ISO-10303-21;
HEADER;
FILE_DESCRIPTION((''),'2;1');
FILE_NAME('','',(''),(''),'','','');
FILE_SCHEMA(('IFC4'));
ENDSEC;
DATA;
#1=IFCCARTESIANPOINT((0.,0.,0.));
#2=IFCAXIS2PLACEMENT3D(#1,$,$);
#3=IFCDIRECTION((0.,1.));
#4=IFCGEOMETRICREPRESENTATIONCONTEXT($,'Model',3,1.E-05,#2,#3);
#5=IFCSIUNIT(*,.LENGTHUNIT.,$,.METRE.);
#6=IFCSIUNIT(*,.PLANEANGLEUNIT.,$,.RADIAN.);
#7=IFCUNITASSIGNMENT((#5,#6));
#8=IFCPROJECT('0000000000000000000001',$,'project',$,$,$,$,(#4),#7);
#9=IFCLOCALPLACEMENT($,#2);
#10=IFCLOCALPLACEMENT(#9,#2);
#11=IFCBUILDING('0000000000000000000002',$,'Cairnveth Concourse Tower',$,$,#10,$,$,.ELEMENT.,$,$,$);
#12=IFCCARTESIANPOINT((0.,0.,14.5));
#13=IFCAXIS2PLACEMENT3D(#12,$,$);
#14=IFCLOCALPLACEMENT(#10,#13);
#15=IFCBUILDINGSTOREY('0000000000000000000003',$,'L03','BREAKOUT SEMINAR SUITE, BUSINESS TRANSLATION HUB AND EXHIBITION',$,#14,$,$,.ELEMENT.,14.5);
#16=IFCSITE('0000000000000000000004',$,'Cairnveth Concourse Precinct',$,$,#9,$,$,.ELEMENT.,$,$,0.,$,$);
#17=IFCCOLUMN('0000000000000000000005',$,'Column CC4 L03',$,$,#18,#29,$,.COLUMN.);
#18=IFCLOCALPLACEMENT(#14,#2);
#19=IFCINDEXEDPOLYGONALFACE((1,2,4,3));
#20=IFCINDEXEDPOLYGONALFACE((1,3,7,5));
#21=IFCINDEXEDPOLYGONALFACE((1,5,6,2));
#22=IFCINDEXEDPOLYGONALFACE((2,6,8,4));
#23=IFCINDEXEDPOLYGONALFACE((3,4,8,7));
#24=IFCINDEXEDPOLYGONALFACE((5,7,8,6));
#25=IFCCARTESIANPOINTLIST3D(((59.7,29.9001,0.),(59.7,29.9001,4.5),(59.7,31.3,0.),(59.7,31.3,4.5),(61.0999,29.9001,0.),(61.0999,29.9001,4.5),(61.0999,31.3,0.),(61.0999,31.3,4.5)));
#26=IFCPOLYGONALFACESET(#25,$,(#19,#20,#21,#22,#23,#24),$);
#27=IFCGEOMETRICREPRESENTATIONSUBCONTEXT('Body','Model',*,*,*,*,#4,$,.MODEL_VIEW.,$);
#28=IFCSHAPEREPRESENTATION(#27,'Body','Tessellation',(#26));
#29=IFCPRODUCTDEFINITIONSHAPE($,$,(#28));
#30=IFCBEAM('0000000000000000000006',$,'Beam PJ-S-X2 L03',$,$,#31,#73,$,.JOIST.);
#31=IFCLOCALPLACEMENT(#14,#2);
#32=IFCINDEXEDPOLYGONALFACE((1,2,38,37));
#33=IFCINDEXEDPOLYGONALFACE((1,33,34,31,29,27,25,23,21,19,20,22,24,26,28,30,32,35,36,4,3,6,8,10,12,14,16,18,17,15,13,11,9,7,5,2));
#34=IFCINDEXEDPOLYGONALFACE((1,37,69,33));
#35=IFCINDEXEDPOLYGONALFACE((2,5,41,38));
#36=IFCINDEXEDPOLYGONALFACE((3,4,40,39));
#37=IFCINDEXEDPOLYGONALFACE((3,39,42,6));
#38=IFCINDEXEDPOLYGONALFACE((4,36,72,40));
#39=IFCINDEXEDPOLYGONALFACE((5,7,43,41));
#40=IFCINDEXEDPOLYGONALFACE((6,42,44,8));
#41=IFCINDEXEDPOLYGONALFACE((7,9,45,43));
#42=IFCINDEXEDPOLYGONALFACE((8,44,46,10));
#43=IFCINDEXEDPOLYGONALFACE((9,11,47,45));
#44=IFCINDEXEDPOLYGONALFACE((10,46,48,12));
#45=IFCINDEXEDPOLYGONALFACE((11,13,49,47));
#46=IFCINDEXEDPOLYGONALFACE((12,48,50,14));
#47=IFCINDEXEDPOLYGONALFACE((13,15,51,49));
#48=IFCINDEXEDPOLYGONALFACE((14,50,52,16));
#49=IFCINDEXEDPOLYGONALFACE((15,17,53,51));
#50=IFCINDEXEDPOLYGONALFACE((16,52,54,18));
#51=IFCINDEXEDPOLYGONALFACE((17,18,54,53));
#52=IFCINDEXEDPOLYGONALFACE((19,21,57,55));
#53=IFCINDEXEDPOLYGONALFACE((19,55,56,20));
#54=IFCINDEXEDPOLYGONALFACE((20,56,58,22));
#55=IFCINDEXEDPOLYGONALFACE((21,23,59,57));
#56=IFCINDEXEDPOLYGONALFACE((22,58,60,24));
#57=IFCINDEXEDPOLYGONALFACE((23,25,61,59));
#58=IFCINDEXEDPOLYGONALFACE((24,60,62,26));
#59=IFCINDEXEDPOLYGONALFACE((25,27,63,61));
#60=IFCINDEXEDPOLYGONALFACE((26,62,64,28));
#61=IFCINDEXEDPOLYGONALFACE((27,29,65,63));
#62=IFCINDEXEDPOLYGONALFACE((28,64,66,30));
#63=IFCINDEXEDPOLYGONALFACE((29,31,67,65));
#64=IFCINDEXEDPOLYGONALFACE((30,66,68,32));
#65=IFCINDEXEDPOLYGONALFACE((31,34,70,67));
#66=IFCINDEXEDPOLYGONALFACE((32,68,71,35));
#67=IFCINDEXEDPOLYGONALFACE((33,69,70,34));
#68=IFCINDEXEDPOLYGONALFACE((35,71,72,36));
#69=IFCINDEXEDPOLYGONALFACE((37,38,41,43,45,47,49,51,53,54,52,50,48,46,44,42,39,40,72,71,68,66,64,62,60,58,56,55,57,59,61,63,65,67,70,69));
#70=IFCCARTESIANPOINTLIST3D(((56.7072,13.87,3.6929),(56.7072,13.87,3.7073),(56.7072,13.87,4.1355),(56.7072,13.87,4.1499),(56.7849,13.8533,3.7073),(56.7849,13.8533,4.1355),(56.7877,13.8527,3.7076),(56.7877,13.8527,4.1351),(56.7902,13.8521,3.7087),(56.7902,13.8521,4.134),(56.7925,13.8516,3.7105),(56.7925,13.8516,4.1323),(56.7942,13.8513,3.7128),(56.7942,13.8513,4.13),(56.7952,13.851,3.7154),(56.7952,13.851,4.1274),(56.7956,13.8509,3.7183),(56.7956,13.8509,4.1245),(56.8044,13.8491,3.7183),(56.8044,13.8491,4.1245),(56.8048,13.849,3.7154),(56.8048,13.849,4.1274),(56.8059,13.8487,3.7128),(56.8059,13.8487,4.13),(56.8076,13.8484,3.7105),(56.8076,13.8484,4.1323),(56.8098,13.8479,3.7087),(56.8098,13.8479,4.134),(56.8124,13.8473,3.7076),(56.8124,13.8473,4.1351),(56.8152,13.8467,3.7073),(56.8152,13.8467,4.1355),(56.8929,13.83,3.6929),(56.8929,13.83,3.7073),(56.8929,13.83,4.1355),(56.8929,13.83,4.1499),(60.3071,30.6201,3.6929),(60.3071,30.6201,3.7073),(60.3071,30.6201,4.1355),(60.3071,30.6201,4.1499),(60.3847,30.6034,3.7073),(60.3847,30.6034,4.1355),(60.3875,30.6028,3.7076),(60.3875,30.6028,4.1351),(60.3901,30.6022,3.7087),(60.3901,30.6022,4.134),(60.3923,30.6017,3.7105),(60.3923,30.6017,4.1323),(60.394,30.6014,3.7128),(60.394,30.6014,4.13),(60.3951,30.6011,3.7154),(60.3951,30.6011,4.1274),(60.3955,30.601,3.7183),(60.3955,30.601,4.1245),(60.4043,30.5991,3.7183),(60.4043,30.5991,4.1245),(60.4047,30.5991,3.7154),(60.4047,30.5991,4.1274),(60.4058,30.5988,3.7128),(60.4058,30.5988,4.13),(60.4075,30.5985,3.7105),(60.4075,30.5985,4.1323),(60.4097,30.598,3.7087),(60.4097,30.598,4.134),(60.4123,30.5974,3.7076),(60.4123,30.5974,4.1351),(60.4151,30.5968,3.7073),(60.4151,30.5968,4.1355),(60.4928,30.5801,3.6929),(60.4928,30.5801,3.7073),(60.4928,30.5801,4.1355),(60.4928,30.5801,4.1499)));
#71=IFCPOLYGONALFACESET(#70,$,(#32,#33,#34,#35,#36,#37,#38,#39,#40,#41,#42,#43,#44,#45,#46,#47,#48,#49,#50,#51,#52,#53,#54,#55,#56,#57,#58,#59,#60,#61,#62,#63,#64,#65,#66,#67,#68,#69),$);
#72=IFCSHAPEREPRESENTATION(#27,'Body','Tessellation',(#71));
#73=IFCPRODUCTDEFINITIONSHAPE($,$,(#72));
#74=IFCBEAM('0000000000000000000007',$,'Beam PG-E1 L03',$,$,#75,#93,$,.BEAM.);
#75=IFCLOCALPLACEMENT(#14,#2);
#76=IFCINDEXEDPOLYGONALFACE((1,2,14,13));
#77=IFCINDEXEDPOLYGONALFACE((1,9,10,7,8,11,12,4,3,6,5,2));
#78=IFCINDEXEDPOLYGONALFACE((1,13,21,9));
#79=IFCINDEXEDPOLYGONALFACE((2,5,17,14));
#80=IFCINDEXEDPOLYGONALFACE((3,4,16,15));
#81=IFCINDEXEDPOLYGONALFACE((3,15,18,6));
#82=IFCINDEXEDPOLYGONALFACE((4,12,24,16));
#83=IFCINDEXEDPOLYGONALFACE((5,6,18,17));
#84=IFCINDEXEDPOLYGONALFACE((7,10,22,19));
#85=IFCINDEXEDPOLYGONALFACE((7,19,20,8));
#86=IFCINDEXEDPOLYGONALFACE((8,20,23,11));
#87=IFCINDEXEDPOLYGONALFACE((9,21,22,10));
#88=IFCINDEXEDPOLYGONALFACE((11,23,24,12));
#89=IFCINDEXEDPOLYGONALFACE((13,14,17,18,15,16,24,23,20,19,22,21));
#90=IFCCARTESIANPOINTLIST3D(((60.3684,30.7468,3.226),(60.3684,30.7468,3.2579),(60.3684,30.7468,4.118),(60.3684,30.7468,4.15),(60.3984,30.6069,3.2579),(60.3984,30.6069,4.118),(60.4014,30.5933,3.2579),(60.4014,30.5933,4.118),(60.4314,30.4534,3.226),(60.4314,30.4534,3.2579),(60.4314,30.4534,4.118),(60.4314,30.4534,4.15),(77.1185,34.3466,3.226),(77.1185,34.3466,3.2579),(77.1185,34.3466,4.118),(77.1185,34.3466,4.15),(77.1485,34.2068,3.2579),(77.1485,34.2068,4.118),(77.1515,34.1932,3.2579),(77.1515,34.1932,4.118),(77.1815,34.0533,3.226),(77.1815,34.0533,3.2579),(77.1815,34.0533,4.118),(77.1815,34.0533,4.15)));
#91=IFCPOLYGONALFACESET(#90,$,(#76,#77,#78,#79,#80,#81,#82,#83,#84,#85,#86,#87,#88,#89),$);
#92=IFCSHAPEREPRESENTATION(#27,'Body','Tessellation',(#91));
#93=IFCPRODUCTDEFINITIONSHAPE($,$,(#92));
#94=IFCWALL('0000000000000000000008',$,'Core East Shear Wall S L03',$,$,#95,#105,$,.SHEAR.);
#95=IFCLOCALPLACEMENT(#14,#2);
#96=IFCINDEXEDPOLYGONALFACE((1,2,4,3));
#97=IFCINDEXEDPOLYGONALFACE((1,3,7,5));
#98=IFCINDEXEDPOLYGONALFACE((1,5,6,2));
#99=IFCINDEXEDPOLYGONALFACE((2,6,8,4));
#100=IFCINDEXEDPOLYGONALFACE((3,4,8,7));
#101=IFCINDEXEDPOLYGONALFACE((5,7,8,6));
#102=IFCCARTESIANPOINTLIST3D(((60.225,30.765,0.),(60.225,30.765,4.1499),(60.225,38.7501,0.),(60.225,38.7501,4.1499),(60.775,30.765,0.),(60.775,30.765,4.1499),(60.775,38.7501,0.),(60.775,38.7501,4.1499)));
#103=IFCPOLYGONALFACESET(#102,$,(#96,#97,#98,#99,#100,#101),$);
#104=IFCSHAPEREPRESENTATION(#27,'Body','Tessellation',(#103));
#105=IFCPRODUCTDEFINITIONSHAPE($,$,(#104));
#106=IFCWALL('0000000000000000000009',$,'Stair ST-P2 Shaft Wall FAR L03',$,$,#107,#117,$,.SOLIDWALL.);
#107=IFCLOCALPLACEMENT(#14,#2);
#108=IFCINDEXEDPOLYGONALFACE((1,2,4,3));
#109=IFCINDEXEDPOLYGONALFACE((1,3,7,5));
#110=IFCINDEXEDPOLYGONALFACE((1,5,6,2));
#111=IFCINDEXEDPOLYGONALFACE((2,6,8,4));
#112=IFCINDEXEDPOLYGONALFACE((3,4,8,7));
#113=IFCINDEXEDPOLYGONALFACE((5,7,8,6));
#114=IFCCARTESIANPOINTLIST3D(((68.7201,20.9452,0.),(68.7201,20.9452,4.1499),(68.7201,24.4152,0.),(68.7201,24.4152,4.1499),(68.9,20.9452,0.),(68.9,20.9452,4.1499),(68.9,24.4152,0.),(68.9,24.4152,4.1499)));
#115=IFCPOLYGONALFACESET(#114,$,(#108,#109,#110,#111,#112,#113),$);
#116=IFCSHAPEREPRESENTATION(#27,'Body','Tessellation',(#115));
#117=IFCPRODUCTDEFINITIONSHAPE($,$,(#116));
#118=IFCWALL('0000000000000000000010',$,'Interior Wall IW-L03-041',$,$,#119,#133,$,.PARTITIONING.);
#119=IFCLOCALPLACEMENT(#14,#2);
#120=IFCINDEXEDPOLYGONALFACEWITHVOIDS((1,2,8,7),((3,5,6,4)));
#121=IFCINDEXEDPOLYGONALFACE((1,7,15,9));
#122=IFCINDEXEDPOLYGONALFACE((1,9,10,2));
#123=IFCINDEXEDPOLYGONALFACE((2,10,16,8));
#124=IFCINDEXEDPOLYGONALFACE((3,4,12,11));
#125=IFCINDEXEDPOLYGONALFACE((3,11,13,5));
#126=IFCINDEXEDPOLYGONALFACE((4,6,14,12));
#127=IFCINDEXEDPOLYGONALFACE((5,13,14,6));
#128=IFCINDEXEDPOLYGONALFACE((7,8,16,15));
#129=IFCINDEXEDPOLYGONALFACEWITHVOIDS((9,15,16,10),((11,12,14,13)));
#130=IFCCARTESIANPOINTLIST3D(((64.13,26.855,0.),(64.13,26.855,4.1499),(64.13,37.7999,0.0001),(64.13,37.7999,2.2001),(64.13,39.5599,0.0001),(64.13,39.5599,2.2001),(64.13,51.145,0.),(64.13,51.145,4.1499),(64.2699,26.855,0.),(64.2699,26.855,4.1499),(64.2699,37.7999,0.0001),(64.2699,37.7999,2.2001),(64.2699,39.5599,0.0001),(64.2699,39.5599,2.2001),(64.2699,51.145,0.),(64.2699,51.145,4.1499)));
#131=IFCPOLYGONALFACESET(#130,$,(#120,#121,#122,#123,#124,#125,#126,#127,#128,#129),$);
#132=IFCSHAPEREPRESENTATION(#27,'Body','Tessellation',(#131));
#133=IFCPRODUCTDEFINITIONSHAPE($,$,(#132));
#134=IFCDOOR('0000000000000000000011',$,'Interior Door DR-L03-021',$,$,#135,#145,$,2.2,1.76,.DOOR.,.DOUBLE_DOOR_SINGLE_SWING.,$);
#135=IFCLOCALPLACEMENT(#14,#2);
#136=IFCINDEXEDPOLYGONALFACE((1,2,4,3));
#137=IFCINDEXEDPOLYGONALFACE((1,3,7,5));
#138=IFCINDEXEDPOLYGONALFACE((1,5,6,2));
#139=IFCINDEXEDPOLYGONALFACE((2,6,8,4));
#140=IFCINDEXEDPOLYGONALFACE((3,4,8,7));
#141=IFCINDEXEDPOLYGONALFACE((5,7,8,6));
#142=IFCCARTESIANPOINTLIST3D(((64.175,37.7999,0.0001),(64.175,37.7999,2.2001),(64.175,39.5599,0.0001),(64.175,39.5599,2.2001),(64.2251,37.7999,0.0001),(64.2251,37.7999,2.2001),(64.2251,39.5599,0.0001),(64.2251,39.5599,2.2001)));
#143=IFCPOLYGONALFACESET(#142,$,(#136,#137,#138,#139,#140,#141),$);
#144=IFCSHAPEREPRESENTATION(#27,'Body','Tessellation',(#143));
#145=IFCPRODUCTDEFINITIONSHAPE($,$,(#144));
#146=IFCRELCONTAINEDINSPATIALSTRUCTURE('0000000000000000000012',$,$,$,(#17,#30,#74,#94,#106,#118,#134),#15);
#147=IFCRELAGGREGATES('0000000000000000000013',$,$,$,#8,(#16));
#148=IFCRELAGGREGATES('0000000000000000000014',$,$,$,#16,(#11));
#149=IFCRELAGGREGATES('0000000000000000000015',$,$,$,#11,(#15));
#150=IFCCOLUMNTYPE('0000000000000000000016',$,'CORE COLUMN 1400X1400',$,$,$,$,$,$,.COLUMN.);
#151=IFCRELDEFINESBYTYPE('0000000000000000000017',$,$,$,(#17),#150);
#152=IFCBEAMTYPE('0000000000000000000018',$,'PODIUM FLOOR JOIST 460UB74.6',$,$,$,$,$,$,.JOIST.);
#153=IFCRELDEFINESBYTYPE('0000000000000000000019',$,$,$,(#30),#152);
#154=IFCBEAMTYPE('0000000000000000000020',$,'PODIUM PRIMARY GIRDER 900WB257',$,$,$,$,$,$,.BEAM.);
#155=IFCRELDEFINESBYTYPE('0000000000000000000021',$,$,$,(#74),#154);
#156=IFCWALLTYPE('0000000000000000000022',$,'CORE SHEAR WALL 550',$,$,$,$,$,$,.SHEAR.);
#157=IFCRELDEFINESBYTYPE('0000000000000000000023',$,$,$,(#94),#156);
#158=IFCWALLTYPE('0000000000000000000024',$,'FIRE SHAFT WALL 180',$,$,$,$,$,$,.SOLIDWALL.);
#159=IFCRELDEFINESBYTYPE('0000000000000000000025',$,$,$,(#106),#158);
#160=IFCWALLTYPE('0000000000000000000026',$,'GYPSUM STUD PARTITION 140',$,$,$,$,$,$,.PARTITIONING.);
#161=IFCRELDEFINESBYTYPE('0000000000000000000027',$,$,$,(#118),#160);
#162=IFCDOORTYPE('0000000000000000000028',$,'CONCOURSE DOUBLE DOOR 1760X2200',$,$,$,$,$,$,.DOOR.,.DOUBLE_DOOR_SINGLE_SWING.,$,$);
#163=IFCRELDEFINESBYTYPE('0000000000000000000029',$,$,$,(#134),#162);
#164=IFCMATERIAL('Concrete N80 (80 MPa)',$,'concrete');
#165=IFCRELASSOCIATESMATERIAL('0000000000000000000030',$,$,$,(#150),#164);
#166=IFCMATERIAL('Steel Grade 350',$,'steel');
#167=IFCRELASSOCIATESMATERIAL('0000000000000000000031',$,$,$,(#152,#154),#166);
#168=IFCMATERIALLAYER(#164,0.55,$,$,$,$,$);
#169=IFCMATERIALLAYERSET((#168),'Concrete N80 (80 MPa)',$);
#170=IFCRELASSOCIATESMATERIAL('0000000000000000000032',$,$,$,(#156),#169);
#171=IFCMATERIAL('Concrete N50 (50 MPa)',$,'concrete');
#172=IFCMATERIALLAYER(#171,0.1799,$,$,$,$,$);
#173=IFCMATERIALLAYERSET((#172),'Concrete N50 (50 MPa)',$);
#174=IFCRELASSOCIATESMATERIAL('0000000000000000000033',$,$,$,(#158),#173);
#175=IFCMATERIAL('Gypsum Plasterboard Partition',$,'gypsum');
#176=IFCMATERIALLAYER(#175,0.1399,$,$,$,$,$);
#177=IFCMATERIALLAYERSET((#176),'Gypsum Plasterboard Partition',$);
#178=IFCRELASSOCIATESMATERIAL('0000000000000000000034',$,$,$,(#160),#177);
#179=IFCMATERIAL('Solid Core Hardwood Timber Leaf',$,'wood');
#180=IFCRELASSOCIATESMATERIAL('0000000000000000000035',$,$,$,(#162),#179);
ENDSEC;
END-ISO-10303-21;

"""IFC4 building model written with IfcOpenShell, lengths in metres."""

from ifc_helpers import new_model, si_unit, direction, frame, frame_2d, origin, origin_2d, place, context, subcontext, project, spatial, rectangle, i_section, extrude, material, layer, layer_set, material_profile, profile_set, type_object, element, fill, save


model = new_model("IFC4")

# Units and contexts
model_context = context("Model", 3, precision=1e-05, world=origin(), true_north=direction((0.0, 1.0)))
body_context = subcontext(model_context, "Body", "Model", "MODEL_VIEW")
ifc_project = project(units=[si_unit("LENGTHUNIT", "METRE"), si_unit("PLANEANGLEUNIT", "RADIAN")], contexts=[model_context])

# Site, building, storey
site_placement = place(None, origin())
site = spatial("IfcSite", under=ifc_project, at=site_placement, Name="Cairnveth Concourse Precinct", CompositionType="ELEMENT", RefElevation=0.0)
building_placement = place(site_placement, origin())
building = spatial("IfcBuilding", under=site, at=building_placement, Name="Cairnveth Concourse Tower", CompositionType="ELEMENT")
storey_placement = place(building_placement, frame((0.0, 0.0, 14.5)))
storey = spatial("IfcBuildingStorey", under=building, at=storey_placement, Name="L03", Description="BREAKOUT SEMINAR SUITE, BUSINESS TRANSLATION HUB AND EXHIBITION", CompositionType="ELEMENT", Elevation=14.5)

# Column
ifc_material_1 = material(Name="Concrete N80 (80 MPa)", Category="concrete")
ifc_material_profile_1 = material_profile(ifc_material_1, rectangle(XDim=1.3999, YDim=1.3999, at=origin_2d()), Name="RC-COL-1400x1400")
ifc_profile_set_1 = profile_set([ifc_material_profile_1], Name="Concrete N80 (80 MPa)")
column_type = type_object("IfcColumnType", Name="CORE COLUMN 1400X1400", PredefinedType="COLUMN", material=ifc_profile_set_1)
column_placement = place(storey_placement, frame((60.3999, 30.6001, 0.0), z_axis=(0.0, 0.0, 1.0), x_axis=(1.0, 0.0, 0.0)))
element("IfcColumn", 1, at=column_placement, inside=storey, type_object=column_type, Name="Column CC4 L03", PredefinedType="COLUMN", context=body_context, shape_type="SweptSolid", body=[
    extrude(rectangle(XDim=1.3999, YDim=1.3999, at=origin_2d()), origin(), (0.0, 0.0, 1.0), 4.5),
])

# Beams
ifc_material_2 = material(Name="Steel Grade 350", Category="steel")
ifc_material_profile_2 = material_profile(ifc_material_2, i_section(OverallWidth=0.1899, OverallDepth=0.457, WebThickness=0.009, FlangeThickness=0.0144, FilletRadius=0.011, at=origin_2d()), Name="460UB74.6")
ifc_profile_set_2 = profile_set([ifc_material_profile_2], Name="Steel Grade 350")
beam_type_1 = type_object("IfcBeamType", Name="PODIUM FLOOR JOIST 460UB74.6", PredefinedType="JOIST", material=ifc_profile_set_2)
beam_1_placement = place(storey_placement, frame((60.3999, 30.6001, 3.9214), z_axis=(-0.210119, -0.977676, 0.0), x_axis=(0.977676, -0.210119, 0.0)))
element("IfcBeam", 2, at=beam_1_placement, inside=storey, type_object=beam_type_1, Name="Beam PJ-S-X2 L03", PredefinedType="JOIST", context=body_context, shape_type="SweptSolid", body=[
    extrude(i_section(OverallWidth=0.1899, OverallDepth=0.457, WebThickness=0.009, FlangeThickness=0.0144, FilletRadius=0.011, at=origin_2d()), origin(), (0.0, 0.0, 1.0), 17.1326),
])
ifc_material_profile_3 = material_profile(ifc_material_2, i_section(OverallWidth=0.3, OverallDepth=0.9241, WebThickness=0.0139, FlangeThickness=0.032, at=origin_2d()), Name="900WB257")
ifc_profile_set_3 = profile_set([ifc_material_profile_3], Name="Steel Grade 350")
beam_type_2 = type_object("IfcBeamType", Name="PODIUM PRIMARY GIRDER 900WB257", PredefinedType="BEAM", material=ifc_profile_set_3)
beam_2_placement = place(storey_placement, frame((60.3999, 30.6001, 3.688), z_axis=(0.977676, 0.210119, 0.0), x_axis=(-0.210119, 0.977676, 0.0)))
element("IfcBeam", 3, at=beam_2_placement, inside=storey, type_object=beam_type_2, Name="Beam PG-E1 L03", PredefinedType="BEAM", context=body_context, shape_type="SweptSolid", body=[
    extrude(i_section(OverallWidth=0.3, OverallDepth=0.9241, WebThickness=0.0139, FlangeThickness=0.032, at=origin_2d()), origin(), (0.0, 0.0, 1.0), 17.1326),
])

# Walls
ifc_layer_1 = layer(ifc_material_1, 0.55)
ifc_layer_set_1 = layer_set([ifc_layer_1], Name="Concrete N80 (80 MPa)")
wall_type_1 = type_object("IfcWallType", Name="CORE SHEAR WALL 550", PredefinedType="SHEAR", material=ifc_layer_set_1)
wall_1_placement = place(storey_placement, frame((60.5, 30.7649, 0.0), z_axis=(0.0, 0.0, 1.0), x_axis=(0.0, 1.0, 0.0)))
element("IfcWall", 4, at=wall_1_placement, inside=storey, type_object=wall_type_1, Name="Core East Shear Wall S L03", PredefinedType="SHEAR", context=body_context, shape_type="SweptSolid", body=[
    extrude(rectangle(XDim=7.9851, YDim=0.55, at=frame_2d((3.9927, 0.0))), origin(), (0.0, 0.0, 1.0), 4.1499),
])
ifc_material_3 = material(Name="Concrete N50 (50 MPa)", Category="concrete")
ifc_layer_2 = layer(ifc_material_3, 0.1799)
ifc_layer_set_2 = layer_set([ifc_layer_2], Name="Concrete N50 (50 MPa)")
wall_type_2 = type_object("IfcWallType", Name="FIRE SHAFT WALL 180", PredefinedType="SOLIDWALL", material=ifc_layer_set_2)
wall_2_placement = place(storey_placement, frame((68.8101, 24.415, 0.0), z_axis=(0.0, 0.0, 1.0), x_axis=(0.0, -1.0, 0.0)))
element("IfcWall", 5, at=wall_2_placement, inside=storey, type_object=wall_type_2, Name="Stair ST-P2 Shaft Wall FAR L03", PredefinedType="SOLIDWALL", context=body_context, shape_type="SweptSolid", body=[
    extrude(rectangle(XDim=3.47, YDim=0.1799, at=frame_2d((1.7349, 0.0))), origin(), (0.0, 0.0, 1.0), 4.1499),
])

# Wall, opening, door
ifc_material_4 = material(Name="Gypsum Plasterboard Partition", Category="gypsum")
ifc_layer_3 = layer(ifc_material_4, 0.1399)
ifc_layer_set_3 = layer_set([ifc_layer_3], Name="Gypsum Plasterboard Partition")
wall_type_3 = type_object("IfcWallType", Name="GYPSUM STUD PARTITION 140", PredefinedType="PARTITIONING", material=ifc_layer_set_3)
wall_3_placement = place(storey_placement, frame((64.2, 26.855, 0.0), z_axis=(0.0, 0.0, 1.0), x_axis=(0.0, 1.0, 0.0)))
wall_3 = element("IfcWall", 6, at=wall_3_placement, inside=storey, type_object=wall_type_3, Name="Interior Wall IW-L03-041", PredefinedType="PARTITIONING", context=body_context, shape_type="SweptSolid", body=[
    extrude(rectangle(XDim=24.29, YDim=0.1399, at=frame_2d((12.145, 0.0))), origin(), (0.0, 0.0, 1.0), 4.1499),
])
opening_placement = place(wall_3_placement, frame((10.9451, 0.0, 0.0)))
opening = element("IfcOpeningElement", 7, at=opening_placement, cuts=wall_3, PredefinedType="OPENING", context=body_context, shape_type="SweptSolid", body=[
    extrude(rectangle(XDim=1.76, YDim=2.2, at=frame_2d((0.8799, 1.1001))), frame((0.0, 0.0798, 0.0), z_axis=(0.0, -1.0, 0.0), x_axis=(1.0, 0.0, 0.0)), (0.0, 0.0, 1.0), 0.1599),
])
ifc_material_5 = material(Name="Solid Core Hardwood Timber Leaf", Category="wood")
door_type = type_object("IfcDoorType", Name="CONCOURSE DOUBLE DOOR 1760X2200", OperationType="DOUBLE_DOOR_SINGLE_SWING", PredefinedType="DOOR", material=ifc_material_5)
door_placement = place(opening_placement, origin())
door = element("IfcDoor", 8, at=door_placement, inside=storey, type_object=door_type, Name="Interior Door DR-L03-021", OperationType="DOUBLE_DOOR_SINGLE_SWING", OverallHeight=2.2, OverallWidth=1.76, PredefinedType="DOOR", context=body_context, shape_type="SweptSolid", body=[
    extrude(rectangle(XDim=1.76, YDim=2.2, at=frame_2d((0.8799, 1.1001))), frame((0.0, 0.0249, 0.0), z_axis=(0.0, -1.0, 0.0), x_axis=(1.0, 0.0, 0.0)), (0.0, 0.0, 1.0), 0.05),
])
fill(opening, door)

save(model, "model.ifc")
